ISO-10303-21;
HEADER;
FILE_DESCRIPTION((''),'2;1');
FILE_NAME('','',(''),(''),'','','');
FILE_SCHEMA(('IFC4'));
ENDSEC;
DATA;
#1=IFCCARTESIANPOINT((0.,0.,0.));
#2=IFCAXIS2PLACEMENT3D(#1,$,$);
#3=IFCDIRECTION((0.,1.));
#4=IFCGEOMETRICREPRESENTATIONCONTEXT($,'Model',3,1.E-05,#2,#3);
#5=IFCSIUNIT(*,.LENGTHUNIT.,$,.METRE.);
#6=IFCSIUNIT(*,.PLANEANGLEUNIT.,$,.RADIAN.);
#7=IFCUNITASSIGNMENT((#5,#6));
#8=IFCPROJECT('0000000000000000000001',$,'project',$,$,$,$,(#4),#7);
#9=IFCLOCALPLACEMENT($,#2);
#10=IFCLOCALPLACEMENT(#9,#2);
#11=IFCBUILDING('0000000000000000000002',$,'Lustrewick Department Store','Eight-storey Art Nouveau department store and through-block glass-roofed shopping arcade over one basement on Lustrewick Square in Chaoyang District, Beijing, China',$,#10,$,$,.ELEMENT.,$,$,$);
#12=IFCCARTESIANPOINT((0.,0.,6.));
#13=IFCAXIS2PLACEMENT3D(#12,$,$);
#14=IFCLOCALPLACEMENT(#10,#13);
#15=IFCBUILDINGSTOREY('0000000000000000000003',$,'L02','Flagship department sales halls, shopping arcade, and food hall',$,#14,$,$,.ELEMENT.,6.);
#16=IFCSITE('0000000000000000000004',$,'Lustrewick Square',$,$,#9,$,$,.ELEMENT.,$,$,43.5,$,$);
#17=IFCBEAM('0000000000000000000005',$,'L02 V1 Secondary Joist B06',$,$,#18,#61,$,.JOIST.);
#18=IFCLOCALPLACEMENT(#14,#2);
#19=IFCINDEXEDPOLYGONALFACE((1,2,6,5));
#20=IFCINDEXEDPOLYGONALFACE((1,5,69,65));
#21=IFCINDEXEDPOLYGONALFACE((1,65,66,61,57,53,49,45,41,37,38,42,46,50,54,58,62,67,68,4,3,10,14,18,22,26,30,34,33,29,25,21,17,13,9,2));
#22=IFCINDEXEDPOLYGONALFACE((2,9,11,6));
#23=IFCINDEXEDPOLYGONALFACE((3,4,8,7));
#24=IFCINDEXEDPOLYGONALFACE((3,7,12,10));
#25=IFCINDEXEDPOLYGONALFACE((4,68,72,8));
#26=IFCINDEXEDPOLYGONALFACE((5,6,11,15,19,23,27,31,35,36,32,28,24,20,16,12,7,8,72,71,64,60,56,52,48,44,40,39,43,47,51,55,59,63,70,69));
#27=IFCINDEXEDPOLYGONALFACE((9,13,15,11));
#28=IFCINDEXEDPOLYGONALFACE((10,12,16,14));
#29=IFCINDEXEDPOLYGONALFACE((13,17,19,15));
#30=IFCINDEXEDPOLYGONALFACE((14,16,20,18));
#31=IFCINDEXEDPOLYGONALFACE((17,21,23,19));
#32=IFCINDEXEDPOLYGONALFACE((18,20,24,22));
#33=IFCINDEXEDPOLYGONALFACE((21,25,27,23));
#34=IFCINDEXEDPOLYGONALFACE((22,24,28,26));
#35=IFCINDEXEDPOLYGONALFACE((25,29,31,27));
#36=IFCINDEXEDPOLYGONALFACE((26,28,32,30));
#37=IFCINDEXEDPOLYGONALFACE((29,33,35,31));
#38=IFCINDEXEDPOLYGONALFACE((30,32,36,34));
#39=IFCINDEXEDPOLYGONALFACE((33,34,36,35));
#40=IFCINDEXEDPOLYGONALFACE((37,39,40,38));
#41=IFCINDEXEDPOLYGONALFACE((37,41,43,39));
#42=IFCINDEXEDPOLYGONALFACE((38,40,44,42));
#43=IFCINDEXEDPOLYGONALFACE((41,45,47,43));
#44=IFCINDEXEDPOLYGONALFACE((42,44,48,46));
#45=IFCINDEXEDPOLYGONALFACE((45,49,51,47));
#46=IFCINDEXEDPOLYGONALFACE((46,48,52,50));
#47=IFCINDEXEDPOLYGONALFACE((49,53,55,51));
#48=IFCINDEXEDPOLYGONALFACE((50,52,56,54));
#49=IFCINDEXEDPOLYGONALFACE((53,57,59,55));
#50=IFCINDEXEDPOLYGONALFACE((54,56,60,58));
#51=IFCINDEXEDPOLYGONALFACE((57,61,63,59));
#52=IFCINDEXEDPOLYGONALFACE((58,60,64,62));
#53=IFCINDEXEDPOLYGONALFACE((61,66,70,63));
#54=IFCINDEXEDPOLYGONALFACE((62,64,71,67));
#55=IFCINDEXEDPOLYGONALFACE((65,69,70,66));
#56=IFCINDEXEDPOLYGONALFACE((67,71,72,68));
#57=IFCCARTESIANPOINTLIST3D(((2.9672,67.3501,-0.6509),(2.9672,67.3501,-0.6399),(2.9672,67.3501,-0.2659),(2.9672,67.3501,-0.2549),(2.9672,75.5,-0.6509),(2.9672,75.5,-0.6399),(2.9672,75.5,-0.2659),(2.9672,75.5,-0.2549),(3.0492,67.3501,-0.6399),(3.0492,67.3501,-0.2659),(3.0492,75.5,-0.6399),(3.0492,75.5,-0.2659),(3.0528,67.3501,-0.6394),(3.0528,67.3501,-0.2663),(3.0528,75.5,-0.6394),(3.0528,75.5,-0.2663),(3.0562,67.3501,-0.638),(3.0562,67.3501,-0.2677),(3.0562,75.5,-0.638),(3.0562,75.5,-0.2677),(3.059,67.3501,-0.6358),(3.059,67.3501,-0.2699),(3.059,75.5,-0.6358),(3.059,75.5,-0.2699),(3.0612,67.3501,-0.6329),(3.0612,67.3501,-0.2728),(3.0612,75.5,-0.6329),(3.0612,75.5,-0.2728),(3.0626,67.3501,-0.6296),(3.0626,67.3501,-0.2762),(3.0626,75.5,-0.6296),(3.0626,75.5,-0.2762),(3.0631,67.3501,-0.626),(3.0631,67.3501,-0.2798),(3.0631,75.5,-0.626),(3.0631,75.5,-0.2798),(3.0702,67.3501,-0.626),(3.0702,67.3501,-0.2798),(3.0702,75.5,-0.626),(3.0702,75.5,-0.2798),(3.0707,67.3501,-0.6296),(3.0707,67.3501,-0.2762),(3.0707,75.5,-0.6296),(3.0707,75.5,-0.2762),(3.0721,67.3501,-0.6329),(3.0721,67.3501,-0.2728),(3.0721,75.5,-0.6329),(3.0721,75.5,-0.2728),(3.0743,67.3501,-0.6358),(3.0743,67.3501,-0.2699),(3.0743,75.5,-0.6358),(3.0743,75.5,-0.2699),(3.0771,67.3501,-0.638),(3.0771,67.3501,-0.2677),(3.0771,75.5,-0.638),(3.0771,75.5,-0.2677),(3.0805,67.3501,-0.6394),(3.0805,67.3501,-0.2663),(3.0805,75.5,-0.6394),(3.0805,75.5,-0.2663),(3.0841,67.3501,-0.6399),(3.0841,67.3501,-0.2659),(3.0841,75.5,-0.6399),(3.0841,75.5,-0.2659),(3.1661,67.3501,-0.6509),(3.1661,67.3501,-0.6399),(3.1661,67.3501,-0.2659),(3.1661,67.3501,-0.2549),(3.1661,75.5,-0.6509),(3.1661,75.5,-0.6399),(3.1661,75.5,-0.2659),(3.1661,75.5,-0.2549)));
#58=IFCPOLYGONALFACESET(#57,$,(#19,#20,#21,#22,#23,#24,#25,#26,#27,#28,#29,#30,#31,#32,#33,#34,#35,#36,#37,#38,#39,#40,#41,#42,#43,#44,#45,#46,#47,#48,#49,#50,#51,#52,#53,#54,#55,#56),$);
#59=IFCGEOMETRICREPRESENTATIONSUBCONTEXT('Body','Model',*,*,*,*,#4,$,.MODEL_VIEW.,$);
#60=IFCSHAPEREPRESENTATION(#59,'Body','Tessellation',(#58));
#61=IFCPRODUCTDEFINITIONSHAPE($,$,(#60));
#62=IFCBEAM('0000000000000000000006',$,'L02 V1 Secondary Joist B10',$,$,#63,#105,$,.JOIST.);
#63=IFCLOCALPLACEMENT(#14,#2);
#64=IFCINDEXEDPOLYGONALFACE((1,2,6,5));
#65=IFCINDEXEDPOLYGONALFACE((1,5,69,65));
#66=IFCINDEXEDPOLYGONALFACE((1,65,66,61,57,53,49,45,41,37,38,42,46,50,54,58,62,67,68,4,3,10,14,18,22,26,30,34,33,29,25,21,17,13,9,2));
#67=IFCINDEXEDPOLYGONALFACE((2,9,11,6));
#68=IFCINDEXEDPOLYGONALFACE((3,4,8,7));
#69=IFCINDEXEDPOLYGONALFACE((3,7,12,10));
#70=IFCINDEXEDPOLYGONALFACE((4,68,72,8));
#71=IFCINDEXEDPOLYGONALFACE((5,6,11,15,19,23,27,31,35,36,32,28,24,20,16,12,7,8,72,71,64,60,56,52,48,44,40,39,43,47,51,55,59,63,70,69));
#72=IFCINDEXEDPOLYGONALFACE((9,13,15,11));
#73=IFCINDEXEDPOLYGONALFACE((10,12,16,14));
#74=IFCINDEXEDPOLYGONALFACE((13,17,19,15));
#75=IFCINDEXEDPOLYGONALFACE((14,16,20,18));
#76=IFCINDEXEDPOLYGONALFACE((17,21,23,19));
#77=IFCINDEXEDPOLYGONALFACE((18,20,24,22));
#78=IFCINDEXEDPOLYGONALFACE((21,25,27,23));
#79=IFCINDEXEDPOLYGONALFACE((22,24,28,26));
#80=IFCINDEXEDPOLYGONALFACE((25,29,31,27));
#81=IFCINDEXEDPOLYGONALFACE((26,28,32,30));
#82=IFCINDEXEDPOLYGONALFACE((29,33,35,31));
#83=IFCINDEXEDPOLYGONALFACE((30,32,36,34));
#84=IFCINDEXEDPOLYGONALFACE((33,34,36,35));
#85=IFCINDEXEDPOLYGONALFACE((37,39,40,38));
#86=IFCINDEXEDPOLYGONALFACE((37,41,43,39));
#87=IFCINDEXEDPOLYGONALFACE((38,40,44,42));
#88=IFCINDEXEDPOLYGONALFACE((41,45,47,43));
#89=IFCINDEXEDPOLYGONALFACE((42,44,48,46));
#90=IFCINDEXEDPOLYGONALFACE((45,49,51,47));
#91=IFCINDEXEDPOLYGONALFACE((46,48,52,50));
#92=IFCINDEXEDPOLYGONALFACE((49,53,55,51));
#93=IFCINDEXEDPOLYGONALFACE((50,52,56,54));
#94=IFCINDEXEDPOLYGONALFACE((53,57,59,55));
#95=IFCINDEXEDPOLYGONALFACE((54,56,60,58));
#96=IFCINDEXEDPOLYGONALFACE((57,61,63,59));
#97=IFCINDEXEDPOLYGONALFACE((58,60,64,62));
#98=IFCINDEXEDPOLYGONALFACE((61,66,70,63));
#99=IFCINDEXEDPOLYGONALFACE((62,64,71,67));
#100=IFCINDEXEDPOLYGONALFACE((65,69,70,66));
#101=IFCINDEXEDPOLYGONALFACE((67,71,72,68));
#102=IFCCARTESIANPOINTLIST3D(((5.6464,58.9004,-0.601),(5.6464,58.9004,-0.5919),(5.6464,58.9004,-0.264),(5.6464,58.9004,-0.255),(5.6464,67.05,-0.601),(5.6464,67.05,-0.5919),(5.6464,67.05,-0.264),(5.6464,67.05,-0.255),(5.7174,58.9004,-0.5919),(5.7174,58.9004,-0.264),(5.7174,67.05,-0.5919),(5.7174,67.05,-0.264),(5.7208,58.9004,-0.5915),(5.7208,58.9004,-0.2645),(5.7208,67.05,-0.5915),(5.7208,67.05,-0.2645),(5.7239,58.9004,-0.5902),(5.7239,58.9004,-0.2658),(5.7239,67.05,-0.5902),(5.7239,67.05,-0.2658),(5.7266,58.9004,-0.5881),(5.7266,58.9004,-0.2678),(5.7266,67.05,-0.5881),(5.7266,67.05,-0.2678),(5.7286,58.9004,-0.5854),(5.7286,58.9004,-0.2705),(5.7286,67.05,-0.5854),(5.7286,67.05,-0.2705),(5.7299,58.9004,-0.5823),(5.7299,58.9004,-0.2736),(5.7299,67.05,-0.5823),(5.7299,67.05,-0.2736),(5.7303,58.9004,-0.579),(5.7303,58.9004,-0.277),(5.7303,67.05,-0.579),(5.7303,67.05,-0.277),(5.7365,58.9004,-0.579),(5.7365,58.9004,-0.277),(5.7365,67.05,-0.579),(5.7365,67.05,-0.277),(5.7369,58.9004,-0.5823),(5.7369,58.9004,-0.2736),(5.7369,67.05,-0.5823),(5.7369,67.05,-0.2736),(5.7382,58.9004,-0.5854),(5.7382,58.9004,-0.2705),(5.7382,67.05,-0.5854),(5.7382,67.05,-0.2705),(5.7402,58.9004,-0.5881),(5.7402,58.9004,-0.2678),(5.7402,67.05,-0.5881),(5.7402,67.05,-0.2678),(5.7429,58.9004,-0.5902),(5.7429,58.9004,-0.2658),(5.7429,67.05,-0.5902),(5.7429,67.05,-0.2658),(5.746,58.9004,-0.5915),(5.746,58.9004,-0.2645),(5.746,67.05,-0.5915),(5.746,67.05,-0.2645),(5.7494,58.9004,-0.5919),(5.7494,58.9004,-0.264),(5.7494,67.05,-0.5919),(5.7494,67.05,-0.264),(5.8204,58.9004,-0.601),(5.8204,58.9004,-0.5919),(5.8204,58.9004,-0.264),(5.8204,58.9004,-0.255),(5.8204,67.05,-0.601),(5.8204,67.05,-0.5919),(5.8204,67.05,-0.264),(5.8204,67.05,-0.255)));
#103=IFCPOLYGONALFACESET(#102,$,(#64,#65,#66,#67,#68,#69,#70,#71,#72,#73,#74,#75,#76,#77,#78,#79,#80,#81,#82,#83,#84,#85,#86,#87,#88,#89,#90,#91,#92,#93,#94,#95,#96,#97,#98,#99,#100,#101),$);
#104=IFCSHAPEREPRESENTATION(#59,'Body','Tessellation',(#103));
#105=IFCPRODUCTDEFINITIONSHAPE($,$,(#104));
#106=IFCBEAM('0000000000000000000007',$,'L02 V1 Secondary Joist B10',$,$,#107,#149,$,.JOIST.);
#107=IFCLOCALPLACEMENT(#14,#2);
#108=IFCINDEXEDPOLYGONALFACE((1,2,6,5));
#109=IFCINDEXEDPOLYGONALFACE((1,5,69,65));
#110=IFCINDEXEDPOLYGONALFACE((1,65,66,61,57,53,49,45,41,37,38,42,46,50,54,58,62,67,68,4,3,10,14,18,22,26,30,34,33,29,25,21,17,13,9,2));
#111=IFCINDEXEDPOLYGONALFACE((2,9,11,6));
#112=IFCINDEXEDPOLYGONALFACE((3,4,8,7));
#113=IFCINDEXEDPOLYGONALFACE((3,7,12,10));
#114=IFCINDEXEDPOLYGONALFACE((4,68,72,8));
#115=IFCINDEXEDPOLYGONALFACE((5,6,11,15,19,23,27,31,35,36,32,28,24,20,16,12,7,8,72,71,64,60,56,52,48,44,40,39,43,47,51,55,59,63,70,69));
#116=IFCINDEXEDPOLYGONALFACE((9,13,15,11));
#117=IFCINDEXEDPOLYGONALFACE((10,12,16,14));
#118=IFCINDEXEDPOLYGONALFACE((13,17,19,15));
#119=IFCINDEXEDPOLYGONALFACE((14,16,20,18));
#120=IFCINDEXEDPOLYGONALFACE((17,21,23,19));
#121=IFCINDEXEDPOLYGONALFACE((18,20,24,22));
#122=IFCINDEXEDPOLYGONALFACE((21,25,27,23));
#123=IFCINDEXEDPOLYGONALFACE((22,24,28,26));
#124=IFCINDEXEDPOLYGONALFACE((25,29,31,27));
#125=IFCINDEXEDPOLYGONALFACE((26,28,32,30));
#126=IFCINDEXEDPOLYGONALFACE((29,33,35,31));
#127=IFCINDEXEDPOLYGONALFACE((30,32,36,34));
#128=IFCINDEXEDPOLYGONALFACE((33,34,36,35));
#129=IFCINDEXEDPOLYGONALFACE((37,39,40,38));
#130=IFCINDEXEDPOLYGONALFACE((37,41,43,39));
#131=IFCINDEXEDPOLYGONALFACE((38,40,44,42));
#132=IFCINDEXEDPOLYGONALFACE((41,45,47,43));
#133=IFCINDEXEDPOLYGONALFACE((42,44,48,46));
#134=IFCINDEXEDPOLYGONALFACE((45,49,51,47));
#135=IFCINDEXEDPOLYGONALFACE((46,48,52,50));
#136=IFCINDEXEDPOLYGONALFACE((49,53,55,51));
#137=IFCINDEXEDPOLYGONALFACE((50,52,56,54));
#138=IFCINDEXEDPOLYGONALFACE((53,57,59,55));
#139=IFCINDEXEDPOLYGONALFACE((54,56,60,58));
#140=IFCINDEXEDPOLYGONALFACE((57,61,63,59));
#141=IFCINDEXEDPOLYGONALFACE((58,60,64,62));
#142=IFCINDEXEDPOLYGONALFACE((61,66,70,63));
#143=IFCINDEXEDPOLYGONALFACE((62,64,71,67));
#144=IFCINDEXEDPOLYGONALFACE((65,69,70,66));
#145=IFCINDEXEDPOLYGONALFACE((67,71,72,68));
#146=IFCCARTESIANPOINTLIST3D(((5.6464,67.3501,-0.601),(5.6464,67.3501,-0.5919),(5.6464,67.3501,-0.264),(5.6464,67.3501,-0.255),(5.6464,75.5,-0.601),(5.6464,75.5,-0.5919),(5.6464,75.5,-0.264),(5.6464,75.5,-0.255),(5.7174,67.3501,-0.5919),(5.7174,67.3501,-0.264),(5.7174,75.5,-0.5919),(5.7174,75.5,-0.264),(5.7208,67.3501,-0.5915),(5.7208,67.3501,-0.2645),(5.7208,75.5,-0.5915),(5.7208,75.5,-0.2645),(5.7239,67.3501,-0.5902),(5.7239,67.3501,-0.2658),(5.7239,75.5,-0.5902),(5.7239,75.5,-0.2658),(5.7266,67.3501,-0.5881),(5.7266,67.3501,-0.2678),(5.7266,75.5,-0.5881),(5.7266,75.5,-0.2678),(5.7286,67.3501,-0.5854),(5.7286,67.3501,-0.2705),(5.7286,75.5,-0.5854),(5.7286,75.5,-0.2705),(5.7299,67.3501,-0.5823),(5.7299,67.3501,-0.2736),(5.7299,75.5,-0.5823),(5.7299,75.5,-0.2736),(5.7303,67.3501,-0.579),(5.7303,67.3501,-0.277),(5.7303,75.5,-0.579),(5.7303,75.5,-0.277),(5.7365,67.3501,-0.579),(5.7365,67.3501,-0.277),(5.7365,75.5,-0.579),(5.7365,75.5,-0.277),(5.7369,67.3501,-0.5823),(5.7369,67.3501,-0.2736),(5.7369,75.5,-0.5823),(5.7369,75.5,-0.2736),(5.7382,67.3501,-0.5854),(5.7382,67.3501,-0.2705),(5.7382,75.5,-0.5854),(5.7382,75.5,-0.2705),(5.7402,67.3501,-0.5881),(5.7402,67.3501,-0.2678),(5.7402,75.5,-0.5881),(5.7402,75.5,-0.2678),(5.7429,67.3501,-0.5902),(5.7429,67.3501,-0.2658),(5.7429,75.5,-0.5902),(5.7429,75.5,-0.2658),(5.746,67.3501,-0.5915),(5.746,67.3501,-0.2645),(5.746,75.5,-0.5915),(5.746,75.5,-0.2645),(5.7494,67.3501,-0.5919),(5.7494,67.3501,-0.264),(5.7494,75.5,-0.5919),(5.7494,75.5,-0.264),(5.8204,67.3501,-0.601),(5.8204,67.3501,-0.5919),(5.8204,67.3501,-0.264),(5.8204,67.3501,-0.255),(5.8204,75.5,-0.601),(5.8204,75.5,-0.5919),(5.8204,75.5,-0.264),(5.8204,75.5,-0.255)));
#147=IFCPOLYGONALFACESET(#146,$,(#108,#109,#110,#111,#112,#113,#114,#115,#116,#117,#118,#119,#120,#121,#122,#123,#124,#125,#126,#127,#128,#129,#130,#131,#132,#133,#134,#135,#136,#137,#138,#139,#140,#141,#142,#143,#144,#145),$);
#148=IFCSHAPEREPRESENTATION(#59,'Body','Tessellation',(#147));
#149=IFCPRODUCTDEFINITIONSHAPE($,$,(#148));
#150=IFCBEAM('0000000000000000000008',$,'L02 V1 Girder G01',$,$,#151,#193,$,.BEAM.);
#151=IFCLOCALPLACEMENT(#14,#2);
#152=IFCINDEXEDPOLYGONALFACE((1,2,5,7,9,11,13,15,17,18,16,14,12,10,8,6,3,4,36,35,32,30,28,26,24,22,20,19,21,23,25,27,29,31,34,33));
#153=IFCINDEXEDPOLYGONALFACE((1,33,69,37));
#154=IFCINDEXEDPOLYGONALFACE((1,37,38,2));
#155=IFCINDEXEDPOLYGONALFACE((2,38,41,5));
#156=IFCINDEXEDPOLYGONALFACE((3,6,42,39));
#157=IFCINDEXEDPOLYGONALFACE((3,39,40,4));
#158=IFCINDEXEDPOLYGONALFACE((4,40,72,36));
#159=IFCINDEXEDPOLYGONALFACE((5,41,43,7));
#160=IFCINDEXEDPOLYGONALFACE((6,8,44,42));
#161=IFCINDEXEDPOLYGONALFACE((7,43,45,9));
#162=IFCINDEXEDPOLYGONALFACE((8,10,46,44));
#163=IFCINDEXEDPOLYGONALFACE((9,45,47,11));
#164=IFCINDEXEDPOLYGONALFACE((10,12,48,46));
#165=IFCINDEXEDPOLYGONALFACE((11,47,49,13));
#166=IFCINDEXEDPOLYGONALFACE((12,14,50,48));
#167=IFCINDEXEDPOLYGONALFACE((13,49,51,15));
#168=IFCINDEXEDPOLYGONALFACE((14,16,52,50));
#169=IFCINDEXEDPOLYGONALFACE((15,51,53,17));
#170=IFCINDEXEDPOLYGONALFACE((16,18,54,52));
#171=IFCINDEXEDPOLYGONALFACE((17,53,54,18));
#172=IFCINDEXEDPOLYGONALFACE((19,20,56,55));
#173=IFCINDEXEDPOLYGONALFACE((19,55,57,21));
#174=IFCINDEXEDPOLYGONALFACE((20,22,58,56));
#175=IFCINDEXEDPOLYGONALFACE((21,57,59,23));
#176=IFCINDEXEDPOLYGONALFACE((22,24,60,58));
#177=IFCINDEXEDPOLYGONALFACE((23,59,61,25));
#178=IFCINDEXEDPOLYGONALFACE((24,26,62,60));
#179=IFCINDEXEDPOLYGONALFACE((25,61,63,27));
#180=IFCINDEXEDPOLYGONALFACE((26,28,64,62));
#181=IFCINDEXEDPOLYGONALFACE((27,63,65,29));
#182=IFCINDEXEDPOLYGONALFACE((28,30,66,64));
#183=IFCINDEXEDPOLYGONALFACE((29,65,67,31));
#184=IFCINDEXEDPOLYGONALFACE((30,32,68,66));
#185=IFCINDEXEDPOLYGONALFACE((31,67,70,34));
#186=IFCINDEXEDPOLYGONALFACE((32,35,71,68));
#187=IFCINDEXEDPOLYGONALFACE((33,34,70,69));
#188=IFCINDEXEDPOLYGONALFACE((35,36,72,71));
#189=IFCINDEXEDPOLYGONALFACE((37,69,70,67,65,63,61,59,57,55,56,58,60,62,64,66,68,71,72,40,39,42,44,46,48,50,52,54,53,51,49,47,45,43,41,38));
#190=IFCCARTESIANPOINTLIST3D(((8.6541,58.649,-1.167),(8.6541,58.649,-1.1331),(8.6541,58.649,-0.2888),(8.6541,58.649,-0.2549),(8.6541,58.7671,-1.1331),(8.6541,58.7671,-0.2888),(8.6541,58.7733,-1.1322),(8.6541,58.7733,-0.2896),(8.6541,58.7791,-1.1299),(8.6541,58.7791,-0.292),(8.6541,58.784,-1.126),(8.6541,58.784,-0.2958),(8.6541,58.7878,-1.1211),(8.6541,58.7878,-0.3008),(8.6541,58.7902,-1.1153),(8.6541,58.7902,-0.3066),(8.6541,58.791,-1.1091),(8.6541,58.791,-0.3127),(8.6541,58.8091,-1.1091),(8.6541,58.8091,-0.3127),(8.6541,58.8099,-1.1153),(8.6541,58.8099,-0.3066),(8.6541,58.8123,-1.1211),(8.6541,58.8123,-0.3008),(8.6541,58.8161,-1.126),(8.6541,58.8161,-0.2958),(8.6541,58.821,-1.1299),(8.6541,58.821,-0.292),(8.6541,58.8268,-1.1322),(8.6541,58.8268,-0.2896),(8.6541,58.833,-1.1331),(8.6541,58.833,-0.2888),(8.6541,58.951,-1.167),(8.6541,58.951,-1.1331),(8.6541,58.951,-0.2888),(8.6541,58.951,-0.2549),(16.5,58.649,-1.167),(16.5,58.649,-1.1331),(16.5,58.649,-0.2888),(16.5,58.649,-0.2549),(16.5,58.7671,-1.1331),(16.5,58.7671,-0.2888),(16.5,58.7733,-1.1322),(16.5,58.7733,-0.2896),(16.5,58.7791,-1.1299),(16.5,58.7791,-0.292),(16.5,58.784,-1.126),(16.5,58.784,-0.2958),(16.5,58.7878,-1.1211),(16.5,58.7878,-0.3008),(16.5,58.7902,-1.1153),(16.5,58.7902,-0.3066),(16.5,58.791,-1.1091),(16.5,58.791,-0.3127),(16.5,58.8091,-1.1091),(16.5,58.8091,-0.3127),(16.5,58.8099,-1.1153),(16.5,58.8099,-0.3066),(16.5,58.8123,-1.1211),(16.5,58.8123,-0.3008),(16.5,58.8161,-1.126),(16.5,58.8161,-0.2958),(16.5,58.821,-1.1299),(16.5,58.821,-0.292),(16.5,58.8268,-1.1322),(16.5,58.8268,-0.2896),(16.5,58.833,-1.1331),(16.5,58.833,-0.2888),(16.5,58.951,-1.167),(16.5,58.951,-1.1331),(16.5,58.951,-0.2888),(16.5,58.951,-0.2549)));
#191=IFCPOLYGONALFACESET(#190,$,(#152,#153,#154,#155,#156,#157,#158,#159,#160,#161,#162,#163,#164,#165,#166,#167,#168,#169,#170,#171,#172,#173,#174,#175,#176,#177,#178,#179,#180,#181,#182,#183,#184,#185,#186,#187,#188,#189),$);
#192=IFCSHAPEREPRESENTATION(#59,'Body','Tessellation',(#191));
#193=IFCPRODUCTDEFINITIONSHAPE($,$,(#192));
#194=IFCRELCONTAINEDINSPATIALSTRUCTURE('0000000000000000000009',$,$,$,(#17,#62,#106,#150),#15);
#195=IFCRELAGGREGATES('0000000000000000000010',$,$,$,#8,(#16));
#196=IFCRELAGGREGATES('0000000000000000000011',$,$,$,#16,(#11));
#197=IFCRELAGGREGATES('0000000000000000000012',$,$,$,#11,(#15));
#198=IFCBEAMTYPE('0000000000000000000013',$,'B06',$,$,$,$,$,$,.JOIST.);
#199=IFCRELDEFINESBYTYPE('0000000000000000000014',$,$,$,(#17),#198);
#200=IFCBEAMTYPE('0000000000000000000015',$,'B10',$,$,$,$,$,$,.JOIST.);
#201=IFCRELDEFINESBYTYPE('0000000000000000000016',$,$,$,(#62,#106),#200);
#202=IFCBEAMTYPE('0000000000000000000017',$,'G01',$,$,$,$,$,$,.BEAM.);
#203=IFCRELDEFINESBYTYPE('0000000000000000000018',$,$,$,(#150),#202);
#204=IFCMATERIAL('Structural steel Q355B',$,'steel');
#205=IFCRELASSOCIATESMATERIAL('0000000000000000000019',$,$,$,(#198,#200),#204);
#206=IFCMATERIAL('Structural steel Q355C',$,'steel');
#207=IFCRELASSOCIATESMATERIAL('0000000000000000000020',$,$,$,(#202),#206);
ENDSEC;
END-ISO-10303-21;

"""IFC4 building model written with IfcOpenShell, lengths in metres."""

from ifc_helpers import new_model, si_unit, direction, frame, origin, origin_2d, place, context, subcontext, project, spatial, i_section, extrude, material, material_profile, profile_set, type_object, element, save


model = new_model("IFC4")

# Units and contexts
model_context = context("Model", 3, precision=1e-05, world=origin(), true_north=direction((0.0, 1.0)))
body_context = subcontext(model_context, "Body", "Model", "MODEL_VIEW")
ifc_project = project(units=[si_unit("LENGTHUNIT", "METRE"), si_unit("PLANEANGLEUNIT", "RADIAN")], contexts=[model_context])

# Site, building, storey
site_placement = place(None, origin())
site = spatial("IfcSite", under=ifc_project, at=site_placement, Name="Lustrewick Square", CompositionType="ELEMENT", RefElevation=43.5)
building_placement = place(site_placement, origin())
building = spatial("IfcBuilding", under=site, at=building_placement, Name="Lustrewick Department Store", Description="Eight-storey Art Nouveau department store and through-block glass-roofed shopping arcade over one basement on Lustrewick Square in Chaoyang District, Beijing, China", CompositionType="ELEMENT")
storey_placement = place(building_placement, frame((0.0, 0.0, 6.0)))
storey = spatial("IfcBuildingStorey", under=building, at=storey_placement, Name="L02", Description="Flagship department sales halls, shopping arcade, and food hall", CompositionType="ELEMENT", Elevation=6.0)

# Shared definitions
ifc_material_1 = material(Name="Structural steel Q355C", Category="steel")

# Beams
ifc_material_2 = material(Name="Structural steel Q355B", Category="steel")
ifc_material_profile_1 = material_profile(ifc_material_2, i_section(OverallWidth=0.199, OverallDepth=0.396, WebThickness=0.0071, FlangeThickness=0.011, FilletRadius=0.0139, at=origin_2d()), Name="HN 396x199x7x11")
ifc_profile_set_1 = profile_set([ifc_material_profile_1], Name="Structural steel Q355B")
beam_type_1 = type_object("IfcBeamType", Name="B06", PredefinedType="JOIST", material=ifc_profile_set_1)
beam_1_placement = place(storey_placement, frame((3.0667, 67.3501, -0.4529), z_axis=(0.0, 1.0, 0.0), x_axis=(-1.0, 0.0, 0.0)))
element("IfcBeam", 1, at=beam_1_placement, inside=storey, type_object=beam_type_1, Name="L02 V1 Secondary Joist B06", PredefinedType="JOIST", context=body_context, shape_type="SweptSolid", body=[
    extrude(i_section(OverallWidth=0.199, OverallDepth=0.396, WebThickness=0.0071, FlangeThickness=0.011, FilletRadius=0.0139, at=origin_2d()), origin(), (0.0, 0.0, 1.0), 8.1499),
])
ifc_material_profile_2 = material_profile(ifc_material_2, i_section(OverallWidth=0.1741, OverallDepth=0.3459, WebThickness=0.0061, FlangeThickness=0.009, FilletRadius=0.0129, at=origin_2d()), Name="HN 346x174x6x9")
ifc_profile_set_2 = profile_set([ifc_material_profile_2], Name="Structural steel Q355B")
beam_type_2 = type_object("IfcBeamType", Name="B10", PredefinedType="JOIST", material=ifc_profile_set_2)
beam_2_placement = place(storey_placement, frame((5.7334, 58.9004, -0.428), z_axis=(0.0, 1.0, 0.0), x_axis=(-1.0, 0.0, 0.0)))
element("IfcBeam", 2, at=beam_2_placement, inside=storey, type_object=beam_type_2, Name="L02 V1 Secondary Joist B10", PredefinedType="JOIST", context=body_context, shape_type="SweptSolid", body=[
    extrude(i_section(OverallWidth=0.1741, OverallDepth=0.3459, WebThickness=0.0061, FlangeThickness=0.009, FilletRadius=0.0129, at=origin_2d()), origin(), (0.0, 0.0, 1.0), 8.1497),
])
beam_3_placement = place(storey_placement, frame((5.7334, 67.3501, -0.428), z_axis=(0.0, 1.0, 0.0), x_axis=(-1.0, 0.0, 0.0)))
element("IfcBeam", 3, at=beam_3_placement, inside=storey, type_object=beam_type_2, Name="L02 V1 Secondary Joist B10", PredefinedType="JOIST", context=body_context, shape_type="SweptSolid", body=[
    extrude(i_section(OverallWidth=0.1741, OverallDepth=0.3459, WebThickness=0.0061, FlangeThickness=0.009, FilletRadius=0.0129, at=origin_2d()), origin(), (0.0, 0.0, 1.0), 8.1499),
])
ifc_material_profile_3 = material_profile(ifc_material_1, i_section(OverallWidth=0.302, OverallDepth=0.9121, WebThickness=0.0181, FlangeThickness=0.0339, FilletRadius=0.0239, at=origin_2d()), Name="HN 912x302x18x34")
ifc_profile_set_3 = profile_set([ifc_material_profile_3], Name="Structural steel Q355C")
beam_type_3 = type_object("IfcBeamType", Name="G01", PredefinedType="BEAM", material=ifc_profile_set_3)
beam_4_placement = place(storey_placement, frame((8.6541, 58.8, -0.7109), z_axis=(1.0, 0.0, 0.0), x_axis=(0.0, 1.0, 0.0)))
element("IfcBeam", 4, at=beam_4_placement, inside=storey, type_object=beam_type_3, Name="L02 V1 Girder G01", PredefinedType="BEAM", context=body_context, shape_type="SweptSolid", body=[
    extrude(i_section(OverallWidth=0.302, OverallDepth=0.9121, WebThickness=0.0181, FlangeThickness=0.0339, FilletRadius=0.0239, at=origin_2d()), origin(), (0.0, 0.0, 1.0), 7.8459),
])

save(model, "model.ifc")
